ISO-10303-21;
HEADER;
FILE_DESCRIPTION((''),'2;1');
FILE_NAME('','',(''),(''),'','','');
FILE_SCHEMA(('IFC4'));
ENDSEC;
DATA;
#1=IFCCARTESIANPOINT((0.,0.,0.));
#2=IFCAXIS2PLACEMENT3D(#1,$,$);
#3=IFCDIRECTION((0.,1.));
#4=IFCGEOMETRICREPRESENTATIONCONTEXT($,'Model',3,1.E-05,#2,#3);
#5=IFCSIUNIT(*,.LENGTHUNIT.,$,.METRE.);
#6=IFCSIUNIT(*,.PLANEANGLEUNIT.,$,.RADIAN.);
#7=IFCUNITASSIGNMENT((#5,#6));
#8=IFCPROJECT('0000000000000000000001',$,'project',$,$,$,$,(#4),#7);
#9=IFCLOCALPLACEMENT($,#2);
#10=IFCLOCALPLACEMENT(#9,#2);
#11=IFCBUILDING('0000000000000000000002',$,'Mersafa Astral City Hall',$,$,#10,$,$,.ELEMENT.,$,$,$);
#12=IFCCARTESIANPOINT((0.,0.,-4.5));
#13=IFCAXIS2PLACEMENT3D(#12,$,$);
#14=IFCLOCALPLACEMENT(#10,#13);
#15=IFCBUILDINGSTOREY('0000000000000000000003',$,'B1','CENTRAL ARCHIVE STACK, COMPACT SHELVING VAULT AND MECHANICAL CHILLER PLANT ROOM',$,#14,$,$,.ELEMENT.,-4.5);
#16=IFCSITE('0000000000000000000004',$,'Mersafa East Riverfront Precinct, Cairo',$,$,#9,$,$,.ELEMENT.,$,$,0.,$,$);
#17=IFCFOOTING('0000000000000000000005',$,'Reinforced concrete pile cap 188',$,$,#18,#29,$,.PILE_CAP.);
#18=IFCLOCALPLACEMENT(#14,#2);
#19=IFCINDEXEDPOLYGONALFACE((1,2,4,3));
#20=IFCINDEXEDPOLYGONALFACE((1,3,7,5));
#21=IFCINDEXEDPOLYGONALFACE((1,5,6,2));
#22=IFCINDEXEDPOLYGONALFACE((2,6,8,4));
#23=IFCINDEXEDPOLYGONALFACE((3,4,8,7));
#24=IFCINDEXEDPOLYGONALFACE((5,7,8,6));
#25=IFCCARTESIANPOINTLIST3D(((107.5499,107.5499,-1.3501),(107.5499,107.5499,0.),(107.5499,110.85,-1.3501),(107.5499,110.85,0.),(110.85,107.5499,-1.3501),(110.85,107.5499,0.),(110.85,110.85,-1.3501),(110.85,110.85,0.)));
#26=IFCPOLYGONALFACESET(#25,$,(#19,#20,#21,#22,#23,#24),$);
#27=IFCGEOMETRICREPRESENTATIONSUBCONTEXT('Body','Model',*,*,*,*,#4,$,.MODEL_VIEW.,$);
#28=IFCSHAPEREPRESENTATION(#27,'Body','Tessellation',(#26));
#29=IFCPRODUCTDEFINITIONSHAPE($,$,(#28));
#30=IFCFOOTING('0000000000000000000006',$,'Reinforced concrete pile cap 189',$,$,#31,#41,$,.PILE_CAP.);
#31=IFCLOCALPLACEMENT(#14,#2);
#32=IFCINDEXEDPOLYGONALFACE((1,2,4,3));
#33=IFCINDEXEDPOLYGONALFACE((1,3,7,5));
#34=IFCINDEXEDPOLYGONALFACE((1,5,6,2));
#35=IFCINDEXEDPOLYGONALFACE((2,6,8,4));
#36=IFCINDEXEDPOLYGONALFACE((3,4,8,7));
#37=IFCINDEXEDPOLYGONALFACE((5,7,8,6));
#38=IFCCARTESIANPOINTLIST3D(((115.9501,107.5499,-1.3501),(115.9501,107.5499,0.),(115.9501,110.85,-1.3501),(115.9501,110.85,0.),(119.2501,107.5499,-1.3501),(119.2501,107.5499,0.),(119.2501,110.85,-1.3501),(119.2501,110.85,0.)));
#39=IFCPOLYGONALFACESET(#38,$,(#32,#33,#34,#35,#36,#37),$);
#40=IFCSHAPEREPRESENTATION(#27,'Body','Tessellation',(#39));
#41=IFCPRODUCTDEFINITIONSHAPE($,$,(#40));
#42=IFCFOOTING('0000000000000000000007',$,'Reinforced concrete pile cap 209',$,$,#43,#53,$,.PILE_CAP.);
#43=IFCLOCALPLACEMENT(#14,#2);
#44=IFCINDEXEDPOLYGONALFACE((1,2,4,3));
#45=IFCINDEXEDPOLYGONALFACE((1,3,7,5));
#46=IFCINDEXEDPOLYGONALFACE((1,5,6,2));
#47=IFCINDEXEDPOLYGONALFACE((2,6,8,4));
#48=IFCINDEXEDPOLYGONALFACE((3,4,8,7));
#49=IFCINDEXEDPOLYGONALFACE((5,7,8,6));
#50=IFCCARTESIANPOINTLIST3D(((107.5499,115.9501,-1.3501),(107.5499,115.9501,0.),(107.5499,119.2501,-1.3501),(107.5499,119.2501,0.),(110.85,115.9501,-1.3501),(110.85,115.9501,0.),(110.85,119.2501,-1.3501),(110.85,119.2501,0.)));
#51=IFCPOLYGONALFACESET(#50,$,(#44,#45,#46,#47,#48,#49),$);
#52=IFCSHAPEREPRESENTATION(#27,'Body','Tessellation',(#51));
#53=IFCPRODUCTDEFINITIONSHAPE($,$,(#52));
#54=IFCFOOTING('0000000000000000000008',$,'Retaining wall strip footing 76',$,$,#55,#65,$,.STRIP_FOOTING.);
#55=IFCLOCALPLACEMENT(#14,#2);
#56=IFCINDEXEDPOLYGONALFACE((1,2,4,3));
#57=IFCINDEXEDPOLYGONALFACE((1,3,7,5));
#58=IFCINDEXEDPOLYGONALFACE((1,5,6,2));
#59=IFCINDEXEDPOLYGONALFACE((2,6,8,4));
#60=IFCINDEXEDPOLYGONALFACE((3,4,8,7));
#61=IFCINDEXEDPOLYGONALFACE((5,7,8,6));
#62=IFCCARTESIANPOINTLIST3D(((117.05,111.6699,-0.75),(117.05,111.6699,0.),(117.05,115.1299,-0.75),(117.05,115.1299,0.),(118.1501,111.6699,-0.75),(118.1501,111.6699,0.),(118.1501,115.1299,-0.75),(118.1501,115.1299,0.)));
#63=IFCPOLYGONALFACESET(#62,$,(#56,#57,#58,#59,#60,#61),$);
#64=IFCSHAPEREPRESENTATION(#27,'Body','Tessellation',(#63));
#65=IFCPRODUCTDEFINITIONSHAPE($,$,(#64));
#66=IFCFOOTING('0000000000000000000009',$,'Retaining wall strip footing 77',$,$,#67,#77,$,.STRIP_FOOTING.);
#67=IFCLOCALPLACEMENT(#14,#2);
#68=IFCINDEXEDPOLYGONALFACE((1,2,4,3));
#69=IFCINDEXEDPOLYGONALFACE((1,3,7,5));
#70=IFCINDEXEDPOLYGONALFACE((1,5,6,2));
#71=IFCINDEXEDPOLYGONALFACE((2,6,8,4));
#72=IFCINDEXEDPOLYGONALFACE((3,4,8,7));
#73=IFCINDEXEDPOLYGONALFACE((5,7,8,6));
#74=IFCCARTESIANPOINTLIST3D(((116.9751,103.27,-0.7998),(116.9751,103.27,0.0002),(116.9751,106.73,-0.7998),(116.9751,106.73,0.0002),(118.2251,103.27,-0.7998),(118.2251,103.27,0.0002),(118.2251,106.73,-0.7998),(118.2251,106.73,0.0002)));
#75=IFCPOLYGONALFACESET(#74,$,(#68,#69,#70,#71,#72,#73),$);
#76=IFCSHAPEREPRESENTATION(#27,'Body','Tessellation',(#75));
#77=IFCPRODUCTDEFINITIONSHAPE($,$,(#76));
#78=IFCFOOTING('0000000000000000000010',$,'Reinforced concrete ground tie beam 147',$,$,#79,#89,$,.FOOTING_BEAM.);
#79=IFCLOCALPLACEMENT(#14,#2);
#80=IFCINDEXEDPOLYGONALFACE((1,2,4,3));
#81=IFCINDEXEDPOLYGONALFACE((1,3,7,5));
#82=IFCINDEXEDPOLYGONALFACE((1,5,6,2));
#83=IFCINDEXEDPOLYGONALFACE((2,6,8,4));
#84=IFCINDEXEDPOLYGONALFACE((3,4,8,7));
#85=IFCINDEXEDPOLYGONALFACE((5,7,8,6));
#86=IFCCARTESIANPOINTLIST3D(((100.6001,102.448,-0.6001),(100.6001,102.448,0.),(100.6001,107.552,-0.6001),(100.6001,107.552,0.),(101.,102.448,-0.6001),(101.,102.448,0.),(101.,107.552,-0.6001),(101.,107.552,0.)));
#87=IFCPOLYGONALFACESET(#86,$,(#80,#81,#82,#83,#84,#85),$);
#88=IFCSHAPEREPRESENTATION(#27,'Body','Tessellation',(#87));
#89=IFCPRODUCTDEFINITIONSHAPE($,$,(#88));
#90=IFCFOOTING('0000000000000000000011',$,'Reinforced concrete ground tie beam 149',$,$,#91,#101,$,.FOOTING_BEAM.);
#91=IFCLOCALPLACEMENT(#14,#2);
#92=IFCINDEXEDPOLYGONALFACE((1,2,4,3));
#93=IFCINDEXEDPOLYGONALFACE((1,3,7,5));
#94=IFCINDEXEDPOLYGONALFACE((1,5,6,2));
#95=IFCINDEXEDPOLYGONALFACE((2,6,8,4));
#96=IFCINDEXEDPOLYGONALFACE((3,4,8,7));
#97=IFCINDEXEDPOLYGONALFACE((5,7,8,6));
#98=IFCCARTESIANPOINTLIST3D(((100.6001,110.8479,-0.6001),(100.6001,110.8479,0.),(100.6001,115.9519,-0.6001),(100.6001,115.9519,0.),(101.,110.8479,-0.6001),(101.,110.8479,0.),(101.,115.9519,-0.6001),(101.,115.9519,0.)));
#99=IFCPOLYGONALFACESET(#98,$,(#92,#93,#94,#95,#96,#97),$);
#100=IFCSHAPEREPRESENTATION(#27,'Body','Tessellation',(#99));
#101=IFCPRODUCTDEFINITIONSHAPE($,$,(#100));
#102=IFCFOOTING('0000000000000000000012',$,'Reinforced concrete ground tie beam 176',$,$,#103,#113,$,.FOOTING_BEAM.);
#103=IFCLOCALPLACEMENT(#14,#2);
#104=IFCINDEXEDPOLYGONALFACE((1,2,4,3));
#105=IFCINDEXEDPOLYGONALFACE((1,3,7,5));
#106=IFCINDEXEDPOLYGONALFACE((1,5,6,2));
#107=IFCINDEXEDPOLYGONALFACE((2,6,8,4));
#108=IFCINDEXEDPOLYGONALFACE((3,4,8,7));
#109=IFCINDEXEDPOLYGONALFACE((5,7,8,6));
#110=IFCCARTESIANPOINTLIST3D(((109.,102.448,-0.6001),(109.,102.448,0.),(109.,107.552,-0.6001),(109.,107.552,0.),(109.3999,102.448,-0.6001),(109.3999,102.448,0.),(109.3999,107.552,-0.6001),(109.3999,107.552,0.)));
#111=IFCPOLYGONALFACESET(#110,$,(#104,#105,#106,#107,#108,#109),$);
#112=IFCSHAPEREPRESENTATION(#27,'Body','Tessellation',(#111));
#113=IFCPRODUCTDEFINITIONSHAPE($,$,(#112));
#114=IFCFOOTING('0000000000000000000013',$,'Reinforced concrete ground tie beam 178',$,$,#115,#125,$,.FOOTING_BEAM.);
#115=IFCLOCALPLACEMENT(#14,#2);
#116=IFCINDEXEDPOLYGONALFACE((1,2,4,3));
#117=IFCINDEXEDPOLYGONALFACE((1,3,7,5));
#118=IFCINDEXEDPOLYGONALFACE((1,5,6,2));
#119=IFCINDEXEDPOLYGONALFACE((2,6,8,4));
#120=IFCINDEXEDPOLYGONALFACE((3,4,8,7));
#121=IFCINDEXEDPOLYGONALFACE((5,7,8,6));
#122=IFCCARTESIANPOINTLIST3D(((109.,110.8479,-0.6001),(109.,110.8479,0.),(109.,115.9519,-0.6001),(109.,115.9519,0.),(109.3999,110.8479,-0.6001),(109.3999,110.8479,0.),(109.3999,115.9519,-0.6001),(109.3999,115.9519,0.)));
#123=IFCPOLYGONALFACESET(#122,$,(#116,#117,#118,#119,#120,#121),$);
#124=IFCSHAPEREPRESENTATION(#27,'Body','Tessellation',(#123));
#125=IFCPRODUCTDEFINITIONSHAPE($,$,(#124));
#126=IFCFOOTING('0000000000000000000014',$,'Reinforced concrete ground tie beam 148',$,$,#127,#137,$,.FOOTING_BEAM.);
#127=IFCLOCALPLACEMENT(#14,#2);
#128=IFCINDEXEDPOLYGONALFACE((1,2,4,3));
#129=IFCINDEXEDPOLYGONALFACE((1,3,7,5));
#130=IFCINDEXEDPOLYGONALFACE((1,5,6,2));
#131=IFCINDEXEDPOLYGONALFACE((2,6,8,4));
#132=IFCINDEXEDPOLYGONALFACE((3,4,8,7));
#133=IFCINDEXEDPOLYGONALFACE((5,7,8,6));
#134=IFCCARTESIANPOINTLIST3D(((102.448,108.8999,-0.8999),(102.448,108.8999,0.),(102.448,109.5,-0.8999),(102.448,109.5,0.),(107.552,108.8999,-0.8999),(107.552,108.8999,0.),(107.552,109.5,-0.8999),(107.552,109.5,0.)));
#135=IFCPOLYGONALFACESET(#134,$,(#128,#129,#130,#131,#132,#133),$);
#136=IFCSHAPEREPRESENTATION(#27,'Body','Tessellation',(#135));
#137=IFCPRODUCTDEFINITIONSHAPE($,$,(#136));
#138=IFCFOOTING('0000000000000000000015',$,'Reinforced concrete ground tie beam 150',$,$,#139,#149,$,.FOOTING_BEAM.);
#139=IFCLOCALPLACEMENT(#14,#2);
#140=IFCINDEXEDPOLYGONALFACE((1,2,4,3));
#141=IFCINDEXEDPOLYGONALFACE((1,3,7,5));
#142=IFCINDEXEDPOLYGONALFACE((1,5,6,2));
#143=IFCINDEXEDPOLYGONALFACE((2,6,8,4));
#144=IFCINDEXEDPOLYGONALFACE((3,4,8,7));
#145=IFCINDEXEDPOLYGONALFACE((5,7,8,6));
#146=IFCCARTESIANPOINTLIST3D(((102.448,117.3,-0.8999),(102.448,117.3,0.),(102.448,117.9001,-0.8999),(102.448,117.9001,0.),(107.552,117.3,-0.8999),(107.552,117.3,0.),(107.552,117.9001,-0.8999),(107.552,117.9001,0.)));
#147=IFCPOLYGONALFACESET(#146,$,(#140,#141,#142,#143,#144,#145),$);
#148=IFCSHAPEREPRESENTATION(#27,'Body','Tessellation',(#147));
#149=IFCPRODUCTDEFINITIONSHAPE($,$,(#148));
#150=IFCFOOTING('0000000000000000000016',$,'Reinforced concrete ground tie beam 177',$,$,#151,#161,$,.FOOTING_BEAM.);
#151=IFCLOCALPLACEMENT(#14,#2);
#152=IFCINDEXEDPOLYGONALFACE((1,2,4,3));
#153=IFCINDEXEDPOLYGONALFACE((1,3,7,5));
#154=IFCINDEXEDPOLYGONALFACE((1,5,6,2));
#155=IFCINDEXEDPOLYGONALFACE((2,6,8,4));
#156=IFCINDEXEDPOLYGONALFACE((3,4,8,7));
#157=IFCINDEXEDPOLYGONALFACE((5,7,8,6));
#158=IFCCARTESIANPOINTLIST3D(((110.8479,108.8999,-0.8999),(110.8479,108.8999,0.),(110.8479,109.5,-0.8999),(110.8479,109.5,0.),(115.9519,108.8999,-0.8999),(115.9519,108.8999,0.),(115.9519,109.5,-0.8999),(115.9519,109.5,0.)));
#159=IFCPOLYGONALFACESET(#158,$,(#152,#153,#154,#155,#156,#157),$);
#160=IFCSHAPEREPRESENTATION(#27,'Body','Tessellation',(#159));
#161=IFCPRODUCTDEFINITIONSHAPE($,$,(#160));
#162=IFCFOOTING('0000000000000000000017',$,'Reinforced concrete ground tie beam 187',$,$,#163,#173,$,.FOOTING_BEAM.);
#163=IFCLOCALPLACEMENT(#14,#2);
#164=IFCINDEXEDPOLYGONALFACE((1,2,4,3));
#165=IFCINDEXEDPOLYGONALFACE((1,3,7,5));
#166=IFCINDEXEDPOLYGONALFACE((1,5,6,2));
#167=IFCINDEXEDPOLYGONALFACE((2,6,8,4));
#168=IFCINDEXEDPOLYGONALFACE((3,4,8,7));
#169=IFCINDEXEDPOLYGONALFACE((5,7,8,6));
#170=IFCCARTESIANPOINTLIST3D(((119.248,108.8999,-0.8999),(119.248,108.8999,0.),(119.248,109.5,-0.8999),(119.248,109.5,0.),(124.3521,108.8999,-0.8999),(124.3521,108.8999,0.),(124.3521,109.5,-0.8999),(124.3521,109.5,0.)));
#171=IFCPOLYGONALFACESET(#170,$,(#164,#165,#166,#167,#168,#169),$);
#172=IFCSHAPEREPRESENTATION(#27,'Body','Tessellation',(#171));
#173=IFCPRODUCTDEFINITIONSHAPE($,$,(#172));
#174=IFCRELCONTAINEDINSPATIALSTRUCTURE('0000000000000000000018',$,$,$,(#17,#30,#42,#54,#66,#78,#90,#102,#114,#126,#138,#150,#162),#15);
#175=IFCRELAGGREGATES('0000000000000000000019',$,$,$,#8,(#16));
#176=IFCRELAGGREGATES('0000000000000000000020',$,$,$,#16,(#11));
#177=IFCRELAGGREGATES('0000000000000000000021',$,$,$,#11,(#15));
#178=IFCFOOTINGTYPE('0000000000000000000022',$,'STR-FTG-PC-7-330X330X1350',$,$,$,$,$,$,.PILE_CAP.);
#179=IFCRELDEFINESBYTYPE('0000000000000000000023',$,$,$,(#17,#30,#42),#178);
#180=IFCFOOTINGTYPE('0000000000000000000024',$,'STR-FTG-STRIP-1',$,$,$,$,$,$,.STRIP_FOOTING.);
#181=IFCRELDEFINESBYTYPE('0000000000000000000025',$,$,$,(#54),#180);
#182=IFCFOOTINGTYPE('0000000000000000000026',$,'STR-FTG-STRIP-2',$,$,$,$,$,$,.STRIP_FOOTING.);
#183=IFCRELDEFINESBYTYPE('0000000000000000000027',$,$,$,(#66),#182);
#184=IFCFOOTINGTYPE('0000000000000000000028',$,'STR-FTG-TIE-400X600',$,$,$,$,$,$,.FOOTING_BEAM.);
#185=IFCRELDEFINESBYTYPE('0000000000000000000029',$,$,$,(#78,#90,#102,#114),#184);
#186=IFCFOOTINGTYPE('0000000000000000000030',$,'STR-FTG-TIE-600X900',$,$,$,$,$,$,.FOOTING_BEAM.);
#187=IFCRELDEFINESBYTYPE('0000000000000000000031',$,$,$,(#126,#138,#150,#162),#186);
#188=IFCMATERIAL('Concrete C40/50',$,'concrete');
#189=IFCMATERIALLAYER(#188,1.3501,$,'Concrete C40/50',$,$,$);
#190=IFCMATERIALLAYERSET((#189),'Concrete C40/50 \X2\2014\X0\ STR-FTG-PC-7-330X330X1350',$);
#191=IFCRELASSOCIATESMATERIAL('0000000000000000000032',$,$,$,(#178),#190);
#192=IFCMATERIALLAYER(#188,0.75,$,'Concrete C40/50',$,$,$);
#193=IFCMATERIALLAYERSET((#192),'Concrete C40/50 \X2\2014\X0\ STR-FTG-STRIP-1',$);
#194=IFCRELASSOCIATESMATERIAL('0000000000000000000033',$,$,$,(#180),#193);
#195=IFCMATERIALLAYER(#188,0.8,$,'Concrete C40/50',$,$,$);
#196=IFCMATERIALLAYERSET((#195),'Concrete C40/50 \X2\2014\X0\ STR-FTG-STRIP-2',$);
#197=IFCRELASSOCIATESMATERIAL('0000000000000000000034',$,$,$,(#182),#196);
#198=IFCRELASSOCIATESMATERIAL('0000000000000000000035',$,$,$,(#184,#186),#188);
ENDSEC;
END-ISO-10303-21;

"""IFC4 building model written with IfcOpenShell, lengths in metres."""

from ifc_helpers import new_model, si_unit, direction, frame, origin, origin_2d, place, context, subcontext, project, spatial, rectangle, extrude, material, layer, layer_set, material_profile, profile_set, type_object, element, save


model = new_model("IFC4")

# Units and contexts
model_context = context("Model", 3, precision=1e-05, world=origin(), true_north=direction((0.0, 1.0)))
body_context = subcontext(model_context, "Body", "Model", "MODEL_VIEW")
ifc_project = project(units=[si_unit("LENGTHUNIT", "METRE"), si_unit("PLANEANGLEUNIT", "RADIAN")], contexts=[model_context])

# Site, building, storey
site_placement = place(None, origin())
site = spatial("IfcSite", under=ifc_project, at=site_placement, Name="Mersafa East Riverfront Precinct, Cairo", CompositionType="ELEMENT", RefElevation=0.0)
building_placement = place(site_placement, origin())
building = spatial("IfcBuilding", under=site, at=building_placement, Name="Mersafa Astral City Hall", CompositionType="ELEMENT")
storey_placement = place(building_placement, frame((0.0, 0.0, -4.5)))
storey = spatial("IfcBuildingStorey", under=building, at=storey_placement, Name="B1", Description="CENTRAL ARCHIVE STACK, COMPACT SHELVING VAULT AND MECHANICAL CHILLER PLANT ROOM", CompositionType="ELEMENT", Elevation=-4.5)

# Footings
ifc_material_1 = material(Name="Concrete C40/50", Category="concrete")
ifc_layer_1 = layer(ifc_material_1, 1.3501, Name="Concrete C40/50")
ifc_layer_set_1 = layer_set([ifc_layer_1], Name="Concrete C40/50 — STR-FTG-PC-7-330X330X1350")
footing_type_1 = type_object("IfcFootingType", Name="STR-FTG-PC-7-330X330X1350", PredefinedType="PILE_CAP", material=ifc_layer_set_1)
for number, where, z_axis, x_axis, name in (
    (1, (109.2, 109.2, -1.3501), (0.0, 0.0, 1.0), (1.0, 0.0, 0.0), "Reinforced concrete pile cap 188"),
    (2, (117.6001, 109.2, -1.3501), (0.0, 0.0, 1.0), (1.0, 0.0, 0.0), "Reinforced concrete pile cap 189"),
    (3, (109.2, 117.6001, -1.3501), (0.0, 0.0, 1.0), (1.0, 0.0, 0.0), "Reinforced concrete pile cap 209"),
):
    element("IfcFooting", number, at=place(storey_placement, frame(where, z_axis=z_axis, x_axis=x_axis)), inside=storey, type_object=footing_type_1, Name=name, PredefinedType="PILE_CAP", context=body_context, shape_type="SweptSolid", body=[
        extrude(rectangle(XDim=3.3, YDim=3.3, at=origin_2d()), origin(), (0.0, 0.0, 1.0), 1.3501),
    ])
ifc_layer_2 = layer(ifc_material_1, 0.75, Name="Concrete C40/50")
ifc_layer_set_2 = layer_set([ifc_layer_2], Name="Concrete C40/50 — STR-FTG-STRIP-1")
footing_type_2 = type_object("IfcFootingType", Name="STR-FTG-STRIP-1", PredefinedType="STRIP_FOOTING", material=ifc_layer_set_2)
footing_1_placement = place(storey_placement, frame((117.6001, 113.3999, -0.75), z_axis=(0.0, 0.0, 1.0), x_axis=(0.0, -1.0, 0.0)))
element("IfcFooting", 4, at=footing_1_placement, inside=storey, type_object=footing_type_2, Name="Retaining wall strip footing 76", PredefinedType="STRIP_FOOTING", context=body_context, shape_type="SweptSolid", body=[
    extrude(rectangle(XDim=3.46, YDim=1.1001, at=origin_2d()), origin(), (0.0, 0.0, 1.0), 0.75),
])
ifc_layer_3 = layer(ifc_material_1, 0.8, Name="Concrete C40/50")
ifc_layer_set_3 = layer_set([ifc_layer_3], Name="Concrete C40/50 — STR-FTG-STRIP-2")
footing_type_3 = type_object("IfcFootingType", Name="STR-FTG-STRIP-2", PredefinedType="STRIP_FOOTING", material=ifc_layer_set_3)
footing_2_placement = place(storey_placement, frame((117.6001, 105.0, -0.7998), z_axis=(0.0, 0.0, 1.0), x_axis=(0.0, -1.0, 0.0)))
element("IfcFooting", 5, at=footing_2_placement, inside=storey, type_object=footing_type_3, Name="Retaining wall strip footing 77", PredefinedType="STRIP_FOOTING", context=body_context, shape_type="SweptSolid", body=[
    extrude(rectangle(XDim=3.46, YDim=1.25, at=origin_2d()), origin(), (0.0, 0.0, 1.0), 0.8),
])
ifc_material_profile_1 = material_profile(ifc_material_1, rectangle(XDim=0.3999, YDim=0.6001, at=origin_2d()), Name="RC 400x600")
ifc_profile_set_1 = profile_set([ifc_material_profile_1], Name="Concrete C40/50")
footing_type_4 = type_object("IfcFootingType", Name="STR-FTG-TIE-400X600", PredefinedType="FOOTING_BEAM", material=ifc_profile_set_1)
for number, where, z_axis, x_axis, name in (
    (6, (100.8, 102.448, -0.3), (0.0, 1.0, 0.0), (-1.0, 0.0, 0.0), "Reinforced concrete ground tie beam 147"),
    (7, (100.8, 110.8479, -0.3), (0.0, 1.0, 0.0), (-1.0, 0.0, 0.0), "Reinforced concrete ground tie beam 149"),
    (8, (109.2, 102.448, -0.3), (0.0, 1.0, 0.0), (-1.0, 0.0, 0.0), "Reinforced concrete ground tie beam 176"),
    (9, (109.2, 110.8479, -0.3), (0.0, 1.0, 0.0), (-1.0, 0.0, 0.0), "Reinforced concrete ground tie beam 178"),
):
    element("IfcFooting", number, at=place(storey_placement, frame(where, z_axis=z_axis, x_axis=x_axis)), inside=storey, type_object=footing_type_4, Name=name, PredefinedType="FOOTING_BEAM", context=body_context, shape_type="SweptSolid", body=[
        extrude(rectangle(XDim=0.3999, YDim=0.6001, at=origin_2d()), origin(), (0.0, 0.0, 1.0), 5.104),
    ])
ifc_material_profile_2 = material_profile(ifc_material_1, rectangle(XDim=0.6001, YDim=0.8999, at=origin_2d()), Name="RC 600x900")
ifc_profile_set_2 = profile_set([ifc_material_profile_2], Name="Concrete C40/50")
footing_type_5 = type_object("IfcFootingType", Name="STR-FTG-TIE-600X900", PredefinedType="FOOTING_BEAM", material=ifc_profile_set_2)
for number, where, z_axis, x_axis, name in (
    (10, (102.448, 109.2, -0.45), (1.0, 0.0, 0.0), (0.0, 1.0, 0.0), "Reinforced concrete ground tie beam 148"),
    (11, (102.448, 117.6001, -0.45), (1.0, 0.0, 0.0), (0.0, 1.0, 0.0), "Reinforced concrete ground tie beam 150"),
    (12, (110.8479, 109.2, -0.45), (1.0, 0.0, 0.0), (0.0, 1.0, 0.0), "Reinforced concrete ground tie beam 177"),
    (13, (119.248, 109.2, -0.45), (1.0, 0.0, 0.0), (0.0, 1.0, 0.0), "Reinforced concrete ground tie beam 187"),
):
    element("IfcFooting", number, at=place(storey_placement, frame(where, z_axis=z_axis, x_axis=x_axis)), inside=storey, type_object=footing_type_5, Name=name, PredefinedType="FOOTING_BEAM", context=body_context, shape_type="SweptSolid", body=[
        extrude(rectangle(XDim=0.6001, YDim=0.8999, at=origin_2d()), origin(), (0.0, 0.0, 1.0), 5.104),
    ])

save(model, "model.ifc")
